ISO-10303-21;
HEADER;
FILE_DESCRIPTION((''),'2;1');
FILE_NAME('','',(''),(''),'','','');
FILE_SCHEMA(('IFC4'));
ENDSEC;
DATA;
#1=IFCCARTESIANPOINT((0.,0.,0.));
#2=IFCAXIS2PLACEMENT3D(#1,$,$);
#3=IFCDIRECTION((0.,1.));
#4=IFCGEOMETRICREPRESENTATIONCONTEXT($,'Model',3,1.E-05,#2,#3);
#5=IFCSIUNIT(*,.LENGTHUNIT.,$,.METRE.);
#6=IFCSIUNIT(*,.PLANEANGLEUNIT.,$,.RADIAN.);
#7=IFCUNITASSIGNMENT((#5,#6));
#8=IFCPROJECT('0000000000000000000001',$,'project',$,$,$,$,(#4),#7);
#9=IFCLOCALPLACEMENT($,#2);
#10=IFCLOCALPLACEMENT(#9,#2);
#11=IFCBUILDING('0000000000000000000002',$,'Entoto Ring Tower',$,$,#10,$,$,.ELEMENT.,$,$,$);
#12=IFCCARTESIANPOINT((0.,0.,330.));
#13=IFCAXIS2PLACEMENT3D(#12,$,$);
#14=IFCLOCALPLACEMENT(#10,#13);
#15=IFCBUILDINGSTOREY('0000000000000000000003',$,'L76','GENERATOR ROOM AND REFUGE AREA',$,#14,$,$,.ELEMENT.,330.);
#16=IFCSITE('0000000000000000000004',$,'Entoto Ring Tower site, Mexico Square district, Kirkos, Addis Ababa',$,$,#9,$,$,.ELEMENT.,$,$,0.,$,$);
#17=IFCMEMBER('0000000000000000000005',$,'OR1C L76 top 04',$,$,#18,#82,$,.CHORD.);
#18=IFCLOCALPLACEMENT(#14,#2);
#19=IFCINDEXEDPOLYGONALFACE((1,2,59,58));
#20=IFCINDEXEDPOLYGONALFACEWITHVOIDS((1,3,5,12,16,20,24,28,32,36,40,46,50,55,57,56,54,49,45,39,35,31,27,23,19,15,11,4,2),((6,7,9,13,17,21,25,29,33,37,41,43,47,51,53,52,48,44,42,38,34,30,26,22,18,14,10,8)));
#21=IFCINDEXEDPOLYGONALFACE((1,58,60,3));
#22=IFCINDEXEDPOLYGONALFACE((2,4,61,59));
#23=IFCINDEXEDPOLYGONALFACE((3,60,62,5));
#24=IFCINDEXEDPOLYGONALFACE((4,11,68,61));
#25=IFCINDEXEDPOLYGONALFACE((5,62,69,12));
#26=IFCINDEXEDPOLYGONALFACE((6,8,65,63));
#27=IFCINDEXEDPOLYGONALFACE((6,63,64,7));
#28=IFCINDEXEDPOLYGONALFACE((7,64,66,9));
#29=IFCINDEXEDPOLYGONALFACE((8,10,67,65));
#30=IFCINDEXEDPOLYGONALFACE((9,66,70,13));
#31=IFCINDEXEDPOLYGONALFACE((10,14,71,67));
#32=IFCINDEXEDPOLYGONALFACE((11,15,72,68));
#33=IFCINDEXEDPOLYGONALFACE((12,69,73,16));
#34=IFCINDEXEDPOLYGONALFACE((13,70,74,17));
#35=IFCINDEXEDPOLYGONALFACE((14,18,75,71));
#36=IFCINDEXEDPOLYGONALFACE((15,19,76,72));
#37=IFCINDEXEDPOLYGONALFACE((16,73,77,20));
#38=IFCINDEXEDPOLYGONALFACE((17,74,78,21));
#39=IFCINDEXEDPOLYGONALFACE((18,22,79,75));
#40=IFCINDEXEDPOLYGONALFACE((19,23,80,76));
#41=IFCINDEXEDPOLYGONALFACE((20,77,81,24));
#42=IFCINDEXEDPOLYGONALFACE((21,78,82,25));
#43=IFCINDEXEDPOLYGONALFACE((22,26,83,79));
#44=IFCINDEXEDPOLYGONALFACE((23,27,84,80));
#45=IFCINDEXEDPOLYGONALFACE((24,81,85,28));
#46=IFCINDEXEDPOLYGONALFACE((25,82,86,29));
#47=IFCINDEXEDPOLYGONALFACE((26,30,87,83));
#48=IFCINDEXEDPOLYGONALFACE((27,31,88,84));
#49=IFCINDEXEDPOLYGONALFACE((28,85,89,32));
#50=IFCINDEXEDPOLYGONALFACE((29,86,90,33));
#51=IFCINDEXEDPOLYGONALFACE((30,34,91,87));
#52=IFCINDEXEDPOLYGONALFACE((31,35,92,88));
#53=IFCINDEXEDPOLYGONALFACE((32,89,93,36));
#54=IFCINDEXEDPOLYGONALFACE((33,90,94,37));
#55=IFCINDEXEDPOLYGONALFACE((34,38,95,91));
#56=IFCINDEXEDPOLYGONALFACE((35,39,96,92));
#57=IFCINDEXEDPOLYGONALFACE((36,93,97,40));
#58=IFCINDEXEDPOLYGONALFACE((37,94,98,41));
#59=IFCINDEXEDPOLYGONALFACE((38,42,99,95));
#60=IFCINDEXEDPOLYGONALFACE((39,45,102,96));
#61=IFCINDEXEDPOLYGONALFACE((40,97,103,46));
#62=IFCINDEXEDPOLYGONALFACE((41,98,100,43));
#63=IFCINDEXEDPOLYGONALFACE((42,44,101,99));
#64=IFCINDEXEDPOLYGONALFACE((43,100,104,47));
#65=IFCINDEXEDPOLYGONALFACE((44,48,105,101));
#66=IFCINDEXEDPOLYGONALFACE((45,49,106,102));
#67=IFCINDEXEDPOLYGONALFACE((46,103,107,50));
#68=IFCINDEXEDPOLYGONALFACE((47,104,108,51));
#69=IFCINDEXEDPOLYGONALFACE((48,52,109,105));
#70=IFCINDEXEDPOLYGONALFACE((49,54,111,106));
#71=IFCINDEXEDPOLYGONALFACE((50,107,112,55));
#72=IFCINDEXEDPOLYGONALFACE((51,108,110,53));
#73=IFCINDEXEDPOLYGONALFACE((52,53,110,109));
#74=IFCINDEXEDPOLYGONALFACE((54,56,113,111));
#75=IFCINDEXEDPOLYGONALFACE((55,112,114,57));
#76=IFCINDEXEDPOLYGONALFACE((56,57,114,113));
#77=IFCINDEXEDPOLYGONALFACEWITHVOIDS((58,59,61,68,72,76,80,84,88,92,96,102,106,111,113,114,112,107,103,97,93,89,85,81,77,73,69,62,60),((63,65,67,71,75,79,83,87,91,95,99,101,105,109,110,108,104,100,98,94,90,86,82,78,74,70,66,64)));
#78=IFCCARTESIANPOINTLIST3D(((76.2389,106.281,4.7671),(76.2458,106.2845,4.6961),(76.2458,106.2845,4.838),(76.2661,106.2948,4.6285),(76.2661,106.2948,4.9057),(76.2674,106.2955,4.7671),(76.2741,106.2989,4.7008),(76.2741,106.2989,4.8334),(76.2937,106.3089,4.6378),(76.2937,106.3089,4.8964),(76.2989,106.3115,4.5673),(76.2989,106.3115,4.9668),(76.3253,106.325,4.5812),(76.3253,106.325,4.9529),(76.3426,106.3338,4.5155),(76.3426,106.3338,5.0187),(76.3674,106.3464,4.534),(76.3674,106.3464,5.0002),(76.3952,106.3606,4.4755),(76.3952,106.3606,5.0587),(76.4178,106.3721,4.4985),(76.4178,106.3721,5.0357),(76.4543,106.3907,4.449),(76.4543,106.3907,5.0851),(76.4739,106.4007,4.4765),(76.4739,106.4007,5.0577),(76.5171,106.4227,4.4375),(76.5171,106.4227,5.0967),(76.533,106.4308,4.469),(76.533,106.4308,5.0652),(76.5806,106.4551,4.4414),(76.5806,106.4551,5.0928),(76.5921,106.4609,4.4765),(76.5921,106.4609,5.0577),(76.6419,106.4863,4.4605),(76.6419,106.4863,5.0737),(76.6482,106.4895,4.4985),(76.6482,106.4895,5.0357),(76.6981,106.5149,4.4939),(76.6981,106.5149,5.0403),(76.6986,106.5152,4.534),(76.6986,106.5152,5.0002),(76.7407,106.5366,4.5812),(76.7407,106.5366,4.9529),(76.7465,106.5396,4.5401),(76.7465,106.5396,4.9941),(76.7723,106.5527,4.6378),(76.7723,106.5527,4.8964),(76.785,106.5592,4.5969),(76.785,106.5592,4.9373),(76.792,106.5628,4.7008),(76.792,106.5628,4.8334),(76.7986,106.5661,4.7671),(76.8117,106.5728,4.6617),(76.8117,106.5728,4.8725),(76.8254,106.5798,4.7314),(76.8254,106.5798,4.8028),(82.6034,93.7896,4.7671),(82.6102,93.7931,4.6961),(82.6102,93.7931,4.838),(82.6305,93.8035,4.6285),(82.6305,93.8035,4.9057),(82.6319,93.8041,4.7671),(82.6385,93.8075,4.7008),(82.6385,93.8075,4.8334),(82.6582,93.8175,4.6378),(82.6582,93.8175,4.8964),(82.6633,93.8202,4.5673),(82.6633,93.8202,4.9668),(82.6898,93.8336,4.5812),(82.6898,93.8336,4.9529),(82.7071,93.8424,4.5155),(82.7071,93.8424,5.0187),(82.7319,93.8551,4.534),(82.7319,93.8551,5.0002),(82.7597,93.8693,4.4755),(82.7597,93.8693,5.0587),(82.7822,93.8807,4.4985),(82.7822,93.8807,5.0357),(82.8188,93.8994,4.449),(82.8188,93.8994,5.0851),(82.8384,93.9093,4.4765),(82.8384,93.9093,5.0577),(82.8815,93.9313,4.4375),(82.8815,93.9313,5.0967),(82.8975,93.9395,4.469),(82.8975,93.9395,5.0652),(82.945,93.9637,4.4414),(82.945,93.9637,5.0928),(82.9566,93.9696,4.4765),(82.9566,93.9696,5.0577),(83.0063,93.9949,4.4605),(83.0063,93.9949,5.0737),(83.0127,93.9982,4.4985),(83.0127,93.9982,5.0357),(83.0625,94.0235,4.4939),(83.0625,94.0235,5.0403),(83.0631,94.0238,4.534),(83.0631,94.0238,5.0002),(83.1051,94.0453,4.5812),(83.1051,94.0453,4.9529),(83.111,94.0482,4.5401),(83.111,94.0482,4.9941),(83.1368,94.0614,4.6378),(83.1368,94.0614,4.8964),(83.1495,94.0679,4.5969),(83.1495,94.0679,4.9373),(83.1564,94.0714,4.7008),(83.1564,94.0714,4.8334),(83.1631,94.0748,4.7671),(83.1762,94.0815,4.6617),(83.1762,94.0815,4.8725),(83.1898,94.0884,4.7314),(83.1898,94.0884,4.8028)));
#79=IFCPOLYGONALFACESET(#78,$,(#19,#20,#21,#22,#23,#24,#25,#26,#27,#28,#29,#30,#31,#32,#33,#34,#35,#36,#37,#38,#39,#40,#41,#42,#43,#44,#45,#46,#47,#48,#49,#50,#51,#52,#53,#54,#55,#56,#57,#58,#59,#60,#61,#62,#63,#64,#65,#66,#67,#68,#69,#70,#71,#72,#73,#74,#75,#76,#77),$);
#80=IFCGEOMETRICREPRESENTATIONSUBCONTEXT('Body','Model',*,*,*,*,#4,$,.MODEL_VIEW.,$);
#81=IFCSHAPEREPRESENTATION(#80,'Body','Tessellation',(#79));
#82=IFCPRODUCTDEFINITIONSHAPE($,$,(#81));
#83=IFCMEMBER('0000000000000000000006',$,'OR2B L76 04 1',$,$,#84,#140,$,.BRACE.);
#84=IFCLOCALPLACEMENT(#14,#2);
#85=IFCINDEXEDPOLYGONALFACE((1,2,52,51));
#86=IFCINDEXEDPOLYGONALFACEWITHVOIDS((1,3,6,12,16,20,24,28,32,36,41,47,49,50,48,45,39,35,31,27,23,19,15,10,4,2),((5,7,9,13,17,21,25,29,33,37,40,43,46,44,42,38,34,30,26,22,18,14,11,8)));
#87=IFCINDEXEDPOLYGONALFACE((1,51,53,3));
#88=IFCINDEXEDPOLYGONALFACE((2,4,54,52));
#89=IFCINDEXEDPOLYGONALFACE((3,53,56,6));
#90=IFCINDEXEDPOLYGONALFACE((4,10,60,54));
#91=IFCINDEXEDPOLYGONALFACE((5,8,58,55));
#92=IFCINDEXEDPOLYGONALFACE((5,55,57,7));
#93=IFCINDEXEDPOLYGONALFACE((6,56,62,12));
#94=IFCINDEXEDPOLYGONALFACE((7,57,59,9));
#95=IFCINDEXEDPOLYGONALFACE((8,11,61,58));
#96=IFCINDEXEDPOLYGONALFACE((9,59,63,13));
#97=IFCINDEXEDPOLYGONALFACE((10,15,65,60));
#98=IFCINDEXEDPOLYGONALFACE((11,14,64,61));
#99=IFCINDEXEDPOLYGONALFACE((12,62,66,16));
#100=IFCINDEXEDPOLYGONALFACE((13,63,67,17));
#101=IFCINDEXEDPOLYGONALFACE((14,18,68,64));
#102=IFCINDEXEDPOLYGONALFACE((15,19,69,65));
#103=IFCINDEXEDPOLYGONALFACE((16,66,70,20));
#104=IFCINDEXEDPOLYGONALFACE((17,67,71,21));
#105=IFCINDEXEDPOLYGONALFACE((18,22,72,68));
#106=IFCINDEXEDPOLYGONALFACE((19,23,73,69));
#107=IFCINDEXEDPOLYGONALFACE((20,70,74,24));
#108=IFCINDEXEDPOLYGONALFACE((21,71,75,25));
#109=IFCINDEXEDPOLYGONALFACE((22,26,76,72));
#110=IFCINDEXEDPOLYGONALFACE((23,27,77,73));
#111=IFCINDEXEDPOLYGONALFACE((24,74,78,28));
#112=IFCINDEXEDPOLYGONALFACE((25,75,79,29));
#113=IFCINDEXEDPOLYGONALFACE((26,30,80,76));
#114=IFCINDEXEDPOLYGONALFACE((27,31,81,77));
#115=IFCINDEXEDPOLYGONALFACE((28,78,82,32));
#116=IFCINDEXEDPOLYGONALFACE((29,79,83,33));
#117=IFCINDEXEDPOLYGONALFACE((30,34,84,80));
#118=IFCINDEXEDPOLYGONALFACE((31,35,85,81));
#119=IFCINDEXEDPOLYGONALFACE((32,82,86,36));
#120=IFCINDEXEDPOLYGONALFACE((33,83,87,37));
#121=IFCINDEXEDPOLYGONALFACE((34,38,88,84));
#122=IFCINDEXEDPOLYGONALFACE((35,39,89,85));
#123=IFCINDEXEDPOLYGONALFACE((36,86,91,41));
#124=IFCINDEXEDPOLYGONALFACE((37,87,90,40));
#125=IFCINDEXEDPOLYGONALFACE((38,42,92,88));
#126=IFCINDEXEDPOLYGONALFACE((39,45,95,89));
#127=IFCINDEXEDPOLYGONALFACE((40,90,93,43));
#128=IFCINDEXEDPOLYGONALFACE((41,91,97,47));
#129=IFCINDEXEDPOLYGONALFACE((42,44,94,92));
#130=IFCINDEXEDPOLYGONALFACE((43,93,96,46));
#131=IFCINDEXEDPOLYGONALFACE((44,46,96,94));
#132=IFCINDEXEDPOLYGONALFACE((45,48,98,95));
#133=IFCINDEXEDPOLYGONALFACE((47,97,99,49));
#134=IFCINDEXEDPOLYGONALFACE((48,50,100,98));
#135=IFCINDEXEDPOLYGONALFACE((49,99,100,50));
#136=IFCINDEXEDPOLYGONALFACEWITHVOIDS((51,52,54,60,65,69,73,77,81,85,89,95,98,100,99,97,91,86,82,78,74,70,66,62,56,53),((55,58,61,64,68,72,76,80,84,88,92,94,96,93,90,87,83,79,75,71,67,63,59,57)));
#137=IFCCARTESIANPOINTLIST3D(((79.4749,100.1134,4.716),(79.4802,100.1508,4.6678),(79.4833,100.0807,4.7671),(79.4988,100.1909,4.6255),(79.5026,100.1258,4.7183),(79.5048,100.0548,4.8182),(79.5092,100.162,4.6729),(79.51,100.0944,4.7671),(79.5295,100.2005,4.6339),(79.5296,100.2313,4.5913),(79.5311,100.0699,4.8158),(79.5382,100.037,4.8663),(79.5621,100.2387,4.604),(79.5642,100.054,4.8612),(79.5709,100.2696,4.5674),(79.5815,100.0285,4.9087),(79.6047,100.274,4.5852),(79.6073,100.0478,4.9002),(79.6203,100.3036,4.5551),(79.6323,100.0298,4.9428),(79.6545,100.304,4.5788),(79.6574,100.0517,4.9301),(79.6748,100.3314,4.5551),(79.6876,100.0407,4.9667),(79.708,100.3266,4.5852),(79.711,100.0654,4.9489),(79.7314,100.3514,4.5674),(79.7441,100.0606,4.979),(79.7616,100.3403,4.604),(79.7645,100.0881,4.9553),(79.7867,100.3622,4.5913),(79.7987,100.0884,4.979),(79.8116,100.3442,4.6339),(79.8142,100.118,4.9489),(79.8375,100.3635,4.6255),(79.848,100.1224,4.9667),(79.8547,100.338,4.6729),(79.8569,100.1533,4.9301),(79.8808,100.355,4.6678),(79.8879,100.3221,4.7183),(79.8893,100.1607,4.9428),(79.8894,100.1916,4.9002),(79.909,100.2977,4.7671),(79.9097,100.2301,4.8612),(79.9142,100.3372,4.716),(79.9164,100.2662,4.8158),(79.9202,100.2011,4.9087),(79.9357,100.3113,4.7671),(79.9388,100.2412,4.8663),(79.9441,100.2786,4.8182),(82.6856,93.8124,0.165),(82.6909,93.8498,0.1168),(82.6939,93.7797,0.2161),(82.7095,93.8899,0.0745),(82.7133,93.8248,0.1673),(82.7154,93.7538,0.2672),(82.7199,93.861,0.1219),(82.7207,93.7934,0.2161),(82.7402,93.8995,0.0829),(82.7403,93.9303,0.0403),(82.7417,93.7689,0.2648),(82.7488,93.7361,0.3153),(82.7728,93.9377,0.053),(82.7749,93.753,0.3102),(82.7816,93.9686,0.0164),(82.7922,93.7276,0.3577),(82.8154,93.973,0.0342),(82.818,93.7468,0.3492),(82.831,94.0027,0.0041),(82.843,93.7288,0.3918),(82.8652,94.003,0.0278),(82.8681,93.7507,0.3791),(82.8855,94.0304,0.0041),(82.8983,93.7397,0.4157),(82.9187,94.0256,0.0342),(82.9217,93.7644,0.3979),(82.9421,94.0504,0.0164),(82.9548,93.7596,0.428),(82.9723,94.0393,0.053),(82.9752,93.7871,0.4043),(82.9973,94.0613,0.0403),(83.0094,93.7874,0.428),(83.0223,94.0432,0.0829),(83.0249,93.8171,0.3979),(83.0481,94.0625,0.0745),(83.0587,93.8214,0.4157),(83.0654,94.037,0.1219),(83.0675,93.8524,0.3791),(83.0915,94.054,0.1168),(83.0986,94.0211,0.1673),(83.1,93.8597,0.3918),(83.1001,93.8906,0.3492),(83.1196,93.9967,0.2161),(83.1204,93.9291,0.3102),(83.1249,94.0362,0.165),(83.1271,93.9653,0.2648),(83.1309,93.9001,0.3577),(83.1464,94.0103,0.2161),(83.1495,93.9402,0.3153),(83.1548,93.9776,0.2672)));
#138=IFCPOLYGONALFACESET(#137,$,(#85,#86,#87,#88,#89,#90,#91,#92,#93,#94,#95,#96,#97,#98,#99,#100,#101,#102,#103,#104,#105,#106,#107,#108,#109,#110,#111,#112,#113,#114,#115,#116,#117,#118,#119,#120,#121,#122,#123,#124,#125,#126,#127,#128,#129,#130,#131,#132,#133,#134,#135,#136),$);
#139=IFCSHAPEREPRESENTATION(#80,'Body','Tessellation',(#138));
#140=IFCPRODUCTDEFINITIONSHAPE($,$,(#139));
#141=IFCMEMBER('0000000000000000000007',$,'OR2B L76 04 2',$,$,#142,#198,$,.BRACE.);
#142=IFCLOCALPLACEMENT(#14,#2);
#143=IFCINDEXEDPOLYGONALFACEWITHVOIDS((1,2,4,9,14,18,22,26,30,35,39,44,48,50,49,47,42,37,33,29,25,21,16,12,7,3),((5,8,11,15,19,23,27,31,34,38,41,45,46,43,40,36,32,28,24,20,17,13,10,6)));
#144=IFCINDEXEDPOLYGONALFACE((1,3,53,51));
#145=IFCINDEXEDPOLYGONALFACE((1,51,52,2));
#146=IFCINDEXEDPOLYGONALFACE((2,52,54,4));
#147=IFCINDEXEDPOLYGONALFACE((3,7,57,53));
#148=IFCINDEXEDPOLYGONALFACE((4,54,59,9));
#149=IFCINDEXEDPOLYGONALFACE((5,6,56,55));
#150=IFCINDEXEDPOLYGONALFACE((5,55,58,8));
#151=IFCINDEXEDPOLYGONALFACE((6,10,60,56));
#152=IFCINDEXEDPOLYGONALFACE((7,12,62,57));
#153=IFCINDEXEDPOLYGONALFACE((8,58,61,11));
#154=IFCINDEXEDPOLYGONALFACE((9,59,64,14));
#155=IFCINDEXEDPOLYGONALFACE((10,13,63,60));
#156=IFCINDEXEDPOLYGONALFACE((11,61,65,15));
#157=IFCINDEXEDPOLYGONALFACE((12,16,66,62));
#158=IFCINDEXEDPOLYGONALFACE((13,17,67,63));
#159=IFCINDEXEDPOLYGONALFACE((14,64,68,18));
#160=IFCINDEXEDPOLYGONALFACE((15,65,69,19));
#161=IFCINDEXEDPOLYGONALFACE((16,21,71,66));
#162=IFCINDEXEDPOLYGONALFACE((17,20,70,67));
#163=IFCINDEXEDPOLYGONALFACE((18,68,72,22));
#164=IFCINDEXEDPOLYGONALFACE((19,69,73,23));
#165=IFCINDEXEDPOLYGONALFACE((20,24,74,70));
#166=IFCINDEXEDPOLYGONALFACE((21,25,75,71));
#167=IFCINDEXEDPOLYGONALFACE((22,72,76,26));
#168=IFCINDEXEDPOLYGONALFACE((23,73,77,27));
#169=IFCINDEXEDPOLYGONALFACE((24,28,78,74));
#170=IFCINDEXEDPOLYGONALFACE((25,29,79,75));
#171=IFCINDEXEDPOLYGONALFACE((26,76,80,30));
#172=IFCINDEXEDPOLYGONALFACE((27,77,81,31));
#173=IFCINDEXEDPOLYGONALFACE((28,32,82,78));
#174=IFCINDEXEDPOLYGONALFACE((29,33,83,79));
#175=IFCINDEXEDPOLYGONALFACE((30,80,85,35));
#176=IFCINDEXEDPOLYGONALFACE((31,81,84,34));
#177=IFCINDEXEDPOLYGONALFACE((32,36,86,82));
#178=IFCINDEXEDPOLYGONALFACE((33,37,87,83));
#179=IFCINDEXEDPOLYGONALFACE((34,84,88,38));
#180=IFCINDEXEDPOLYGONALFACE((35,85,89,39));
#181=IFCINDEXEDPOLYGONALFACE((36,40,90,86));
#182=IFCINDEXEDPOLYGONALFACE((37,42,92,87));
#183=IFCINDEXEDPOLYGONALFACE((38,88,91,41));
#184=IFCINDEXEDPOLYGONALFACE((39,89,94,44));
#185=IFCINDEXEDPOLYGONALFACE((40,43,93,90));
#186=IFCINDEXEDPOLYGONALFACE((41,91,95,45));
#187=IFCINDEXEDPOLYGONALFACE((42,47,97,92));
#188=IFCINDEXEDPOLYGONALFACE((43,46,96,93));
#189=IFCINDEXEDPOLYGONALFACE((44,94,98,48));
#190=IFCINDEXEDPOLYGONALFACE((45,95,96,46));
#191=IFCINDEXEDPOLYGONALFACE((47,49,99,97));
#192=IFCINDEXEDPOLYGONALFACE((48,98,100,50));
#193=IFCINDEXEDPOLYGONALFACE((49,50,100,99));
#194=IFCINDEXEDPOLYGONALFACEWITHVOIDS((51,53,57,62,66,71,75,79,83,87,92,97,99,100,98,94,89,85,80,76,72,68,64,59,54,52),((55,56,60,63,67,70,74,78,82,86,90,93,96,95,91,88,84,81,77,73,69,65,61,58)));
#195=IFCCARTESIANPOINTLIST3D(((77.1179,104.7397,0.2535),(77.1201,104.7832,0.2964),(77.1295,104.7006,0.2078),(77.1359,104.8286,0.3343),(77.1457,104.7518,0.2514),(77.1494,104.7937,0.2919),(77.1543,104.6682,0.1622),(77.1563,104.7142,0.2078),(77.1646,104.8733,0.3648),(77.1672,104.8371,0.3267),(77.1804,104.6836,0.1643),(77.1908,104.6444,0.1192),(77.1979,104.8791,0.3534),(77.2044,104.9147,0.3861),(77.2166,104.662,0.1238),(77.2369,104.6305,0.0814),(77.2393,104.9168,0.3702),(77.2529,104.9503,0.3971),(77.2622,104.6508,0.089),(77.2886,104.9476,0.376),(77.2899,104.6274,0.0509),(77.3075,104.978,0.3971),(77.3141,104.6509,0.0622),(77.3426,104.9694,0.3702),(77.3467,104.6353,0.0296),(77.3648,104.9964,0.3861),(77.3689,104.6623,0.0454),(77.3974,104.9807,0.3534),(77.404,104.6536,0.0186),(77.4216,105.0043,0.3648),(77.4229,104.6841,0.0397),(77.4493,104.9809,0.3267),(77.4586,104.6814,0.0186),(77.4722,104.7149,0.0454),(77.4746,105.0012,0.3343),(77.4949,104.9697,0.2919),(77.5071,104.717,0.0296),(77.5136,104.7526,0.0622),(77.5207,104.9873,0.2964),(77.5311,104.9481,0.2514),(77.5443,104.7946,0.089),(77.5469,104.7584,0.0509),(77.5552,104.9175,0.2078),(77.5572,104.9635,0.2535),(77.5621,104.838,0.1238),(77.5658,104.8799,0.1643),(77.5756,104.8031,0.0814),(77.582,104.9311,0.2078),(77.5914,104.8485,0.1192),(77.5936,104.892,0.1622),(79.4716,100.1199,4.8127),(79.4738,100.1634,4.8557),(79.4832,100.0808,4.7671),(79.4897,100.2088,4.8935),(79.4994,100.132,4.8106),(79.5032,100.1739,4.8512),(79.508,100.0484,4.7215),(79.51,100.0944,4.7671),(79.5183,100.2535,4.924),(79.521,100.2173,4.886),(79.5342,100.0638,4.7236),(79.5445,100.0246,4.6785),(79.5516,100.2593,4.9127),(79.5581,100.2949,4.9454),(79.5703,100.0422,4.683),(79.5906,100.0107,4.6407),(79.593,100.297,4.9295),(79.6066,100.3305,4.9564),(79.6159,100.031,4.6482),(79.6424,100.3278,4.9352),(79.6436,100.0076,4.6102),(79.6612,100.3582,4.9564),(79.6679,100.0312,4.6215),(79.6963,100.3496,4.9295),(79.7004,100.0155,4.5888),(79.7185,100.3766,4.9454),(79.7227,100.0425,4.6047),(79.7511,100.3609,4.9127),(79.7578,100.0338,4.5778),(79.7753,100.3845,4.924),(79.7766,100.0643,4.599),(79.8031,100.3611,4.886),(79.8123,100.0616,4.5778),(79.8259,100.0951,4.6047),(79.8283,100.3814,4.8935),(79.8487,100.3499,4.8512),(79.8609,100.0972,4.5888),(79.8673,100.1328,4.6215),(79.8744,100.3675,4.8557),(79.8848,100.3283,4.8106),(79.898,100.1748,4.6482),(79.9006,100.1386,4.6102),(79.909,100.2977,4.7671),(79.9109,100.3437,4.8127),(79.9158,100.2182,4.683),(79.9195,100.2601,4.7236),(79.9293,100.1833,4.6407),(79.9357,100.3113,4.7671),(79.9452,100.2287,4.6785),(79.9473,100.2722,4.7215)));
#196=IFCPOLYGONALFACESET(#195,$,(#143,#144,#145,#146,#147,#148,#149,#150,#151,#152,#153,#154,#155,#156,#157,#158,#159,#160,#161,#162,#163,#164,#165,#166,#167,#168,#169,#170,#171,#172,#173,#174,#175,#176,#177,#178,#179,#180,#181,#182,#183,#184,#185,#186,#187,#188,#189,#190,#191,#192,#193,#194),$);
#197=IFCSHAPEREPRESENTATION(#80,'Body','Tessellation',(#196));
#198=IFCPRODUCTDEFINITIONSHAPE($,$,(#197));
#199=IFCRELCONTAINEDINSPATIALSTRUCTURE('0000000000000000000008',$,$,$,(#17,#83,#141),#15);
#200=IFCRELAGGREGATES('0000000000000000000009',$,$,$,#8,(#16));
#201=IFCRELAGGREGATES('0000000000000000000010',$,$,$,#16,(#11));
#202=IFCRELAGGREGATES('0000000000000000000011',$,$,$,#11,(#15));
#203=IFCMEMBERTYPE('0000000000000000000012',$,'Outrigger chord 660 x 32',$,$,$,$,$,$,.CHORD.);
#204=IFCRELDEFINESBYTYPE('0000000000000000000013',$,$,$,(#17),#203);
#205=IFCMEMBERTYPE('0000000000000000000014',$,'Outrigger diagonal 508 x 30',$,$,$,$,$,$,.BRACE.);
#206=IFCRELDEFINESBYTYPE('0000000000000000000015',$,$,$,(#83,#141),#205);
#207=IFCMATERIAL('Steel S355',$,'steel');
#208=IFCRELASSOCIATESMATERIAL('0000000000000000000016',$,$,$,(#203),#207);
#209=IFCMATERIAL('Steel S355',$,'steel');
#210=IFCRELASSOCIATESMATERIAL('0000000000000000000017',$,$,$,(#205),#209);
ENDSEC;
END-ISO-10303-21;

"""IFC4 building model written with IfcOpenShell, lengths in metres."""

from ifc_helpers import new_model, si_unit, direction, frame, origin, origin_2d, place, context, subcontext, project, spatial, circle, hollow_circle, extrude, material, material_profile, profile_set, type_object, element, save


model = new_model("IFC4")

# Units and contexts
model_context = context("Model", 3, precision=1e-05, world=origin(), true_north=direction((0.0, 1.0)))
body_context = subcontext(model_context, "Body", "Model", "MODEL_VIEW")
ifc_project = project(units=[si_unit("LENGTHUNIT", "METRE"), si_unit("PLANEANGLEUNIT", "RADIAN")], contexts=[model_context])

# Site, building, storey
site_placement = place(None, origin())
site = spatial("IfcSite", under=ifc_project, at=site_placement, Name="Entoto Ring Tower site, Mexico Square district, Kirkos, Addis Ababa", CompositionType="ELEMENT", RefElevation=0.0)
building_placement = place(site_placement, origin())
building = spatial("IfcBuilding", under=site, at=building_placement, Name="Entoto Ring Tower", CompositionType="ELEMENT")
storey_placement = place(building_placement, frame((0.0, 0.0, 330.0)))
storey = spatial("IfcBuildingStorey", under=building, at=storey_placement, Name="L76", Description="GENERATOR ROOM AND REFUGE AREA", CompositionType="ELEMENT", Elevation=330.0)

# Members
ifc_material_1 = material(Name="Steel S355", Category="steel")
ifc_material_profile_1 = material_profile(ifc_material_1, hollow_circle(Radius=0.3301, WallThickness=0.032, at=origin_2d()), Name="CHS 660 x 32")
ifc_material_2 = material(Name="Concrete C60/75", Category="concrete")
ifc_material_profile_2 = material_profile(ifc_material_2, circle(Radius=0.2981, at=origin_2d()), Name="Concrete C60/75 infill")
ifc_profile_set_1 = profile_set([ifc_material_profile_1, ifc_material_profile_2], Name="Steel S355")
member_type_1 = type_object("IfcMemberType", Name="Outrigger chord 660 x 32", PredefinedType="CHORD", material=ifc_profile_set_1)
member_1_placement = place(storey_placement, frame((82.8975, 93.9395, 4.7671), z_axis=(-0.453978, 0.891013, 0.0), x_axis=(-0.891013, -0.453978, 0.0)))
element("IfcMember", 1, at=member_1_placement, inside=storey, type_object=member_type_1, Name="OR1C L76 top 04", PredefinedType="CHORD", context=body_context, shape_type="SweptSolid", body=[
    extrude(hollow_circle(Radius=0.3301, WallThickness=0.032, at=origin_2d()), origin(), (0.0, 0.0, 1.0), 14.0193),
])
ifc_material_3 = material(Name="Steel S355", Category="steel")
ifc_material_profile_3 = material_profile(ifc_material_3, hollow_circle(Radius=0.2539, WallThickness=0.03, at=origin_2d()), Name="CHS 508 x 30")
ifc_material_4 = material(Name="Concrete C60/75", Category="concrete")
ifc_material_profile_4 = material_profile(ifc_material_4, circle(Radius=0.2241, at=origin_2d()), Name="Concrete C60/75 infill")
ifc_profile_set_2 = profile_set([ifc_material_profile_3, ifc_material_profile_4], Name="Steel S355")
member_type_2 = type_object("IfcMemberType", Name="Outrigger diagonal 508 x 30", PredefinedType="BRACE", material=ifc_profile_set_2)
member_2_placement = place(storey_placement, frame((82.9202, 93.895, 0.2161), z_axis=(-0.381784, 0.749256, 0.541163), x_axis=(-0.890997, -0.454009, 0.0)))
element("IfcMember", 2, at=member_2_placement, inside=storey, type_object=member_type_2, Name="OR2B L76 04 1", PredefinedType="BRACE", context=body_context, shape_type="SweptSolid", body=[
    extrude(hollow_circle(Radius=0.2539, WallThickness=0.03, at=origin_2d()), origin(), (0.0, 0.0, 1.0), 8.4097),
])
member_3_placement = place(storey_placement, frame((79.7095, 100.196, 4.7671), z_axis=(-0.340907, 0.669119, -0.66035), x_axis=(-0.891021, -0.453962, 0.0)))
element("IfcMember", 3, at=member_3_placement, inside=storey, type_object=member_type_2, Name="OR2B L76 04 2", PredefinedType="BRACE", context=body_context, shape_type="SweptSolid", body=[
    extrude(hollow_circle(Radius=0.2539, WallThickness=0.03, at=origin_2d()), origin(), (0.0, 0.0, 1.0), 6.9043),
])

save(model, "model.ifc")
